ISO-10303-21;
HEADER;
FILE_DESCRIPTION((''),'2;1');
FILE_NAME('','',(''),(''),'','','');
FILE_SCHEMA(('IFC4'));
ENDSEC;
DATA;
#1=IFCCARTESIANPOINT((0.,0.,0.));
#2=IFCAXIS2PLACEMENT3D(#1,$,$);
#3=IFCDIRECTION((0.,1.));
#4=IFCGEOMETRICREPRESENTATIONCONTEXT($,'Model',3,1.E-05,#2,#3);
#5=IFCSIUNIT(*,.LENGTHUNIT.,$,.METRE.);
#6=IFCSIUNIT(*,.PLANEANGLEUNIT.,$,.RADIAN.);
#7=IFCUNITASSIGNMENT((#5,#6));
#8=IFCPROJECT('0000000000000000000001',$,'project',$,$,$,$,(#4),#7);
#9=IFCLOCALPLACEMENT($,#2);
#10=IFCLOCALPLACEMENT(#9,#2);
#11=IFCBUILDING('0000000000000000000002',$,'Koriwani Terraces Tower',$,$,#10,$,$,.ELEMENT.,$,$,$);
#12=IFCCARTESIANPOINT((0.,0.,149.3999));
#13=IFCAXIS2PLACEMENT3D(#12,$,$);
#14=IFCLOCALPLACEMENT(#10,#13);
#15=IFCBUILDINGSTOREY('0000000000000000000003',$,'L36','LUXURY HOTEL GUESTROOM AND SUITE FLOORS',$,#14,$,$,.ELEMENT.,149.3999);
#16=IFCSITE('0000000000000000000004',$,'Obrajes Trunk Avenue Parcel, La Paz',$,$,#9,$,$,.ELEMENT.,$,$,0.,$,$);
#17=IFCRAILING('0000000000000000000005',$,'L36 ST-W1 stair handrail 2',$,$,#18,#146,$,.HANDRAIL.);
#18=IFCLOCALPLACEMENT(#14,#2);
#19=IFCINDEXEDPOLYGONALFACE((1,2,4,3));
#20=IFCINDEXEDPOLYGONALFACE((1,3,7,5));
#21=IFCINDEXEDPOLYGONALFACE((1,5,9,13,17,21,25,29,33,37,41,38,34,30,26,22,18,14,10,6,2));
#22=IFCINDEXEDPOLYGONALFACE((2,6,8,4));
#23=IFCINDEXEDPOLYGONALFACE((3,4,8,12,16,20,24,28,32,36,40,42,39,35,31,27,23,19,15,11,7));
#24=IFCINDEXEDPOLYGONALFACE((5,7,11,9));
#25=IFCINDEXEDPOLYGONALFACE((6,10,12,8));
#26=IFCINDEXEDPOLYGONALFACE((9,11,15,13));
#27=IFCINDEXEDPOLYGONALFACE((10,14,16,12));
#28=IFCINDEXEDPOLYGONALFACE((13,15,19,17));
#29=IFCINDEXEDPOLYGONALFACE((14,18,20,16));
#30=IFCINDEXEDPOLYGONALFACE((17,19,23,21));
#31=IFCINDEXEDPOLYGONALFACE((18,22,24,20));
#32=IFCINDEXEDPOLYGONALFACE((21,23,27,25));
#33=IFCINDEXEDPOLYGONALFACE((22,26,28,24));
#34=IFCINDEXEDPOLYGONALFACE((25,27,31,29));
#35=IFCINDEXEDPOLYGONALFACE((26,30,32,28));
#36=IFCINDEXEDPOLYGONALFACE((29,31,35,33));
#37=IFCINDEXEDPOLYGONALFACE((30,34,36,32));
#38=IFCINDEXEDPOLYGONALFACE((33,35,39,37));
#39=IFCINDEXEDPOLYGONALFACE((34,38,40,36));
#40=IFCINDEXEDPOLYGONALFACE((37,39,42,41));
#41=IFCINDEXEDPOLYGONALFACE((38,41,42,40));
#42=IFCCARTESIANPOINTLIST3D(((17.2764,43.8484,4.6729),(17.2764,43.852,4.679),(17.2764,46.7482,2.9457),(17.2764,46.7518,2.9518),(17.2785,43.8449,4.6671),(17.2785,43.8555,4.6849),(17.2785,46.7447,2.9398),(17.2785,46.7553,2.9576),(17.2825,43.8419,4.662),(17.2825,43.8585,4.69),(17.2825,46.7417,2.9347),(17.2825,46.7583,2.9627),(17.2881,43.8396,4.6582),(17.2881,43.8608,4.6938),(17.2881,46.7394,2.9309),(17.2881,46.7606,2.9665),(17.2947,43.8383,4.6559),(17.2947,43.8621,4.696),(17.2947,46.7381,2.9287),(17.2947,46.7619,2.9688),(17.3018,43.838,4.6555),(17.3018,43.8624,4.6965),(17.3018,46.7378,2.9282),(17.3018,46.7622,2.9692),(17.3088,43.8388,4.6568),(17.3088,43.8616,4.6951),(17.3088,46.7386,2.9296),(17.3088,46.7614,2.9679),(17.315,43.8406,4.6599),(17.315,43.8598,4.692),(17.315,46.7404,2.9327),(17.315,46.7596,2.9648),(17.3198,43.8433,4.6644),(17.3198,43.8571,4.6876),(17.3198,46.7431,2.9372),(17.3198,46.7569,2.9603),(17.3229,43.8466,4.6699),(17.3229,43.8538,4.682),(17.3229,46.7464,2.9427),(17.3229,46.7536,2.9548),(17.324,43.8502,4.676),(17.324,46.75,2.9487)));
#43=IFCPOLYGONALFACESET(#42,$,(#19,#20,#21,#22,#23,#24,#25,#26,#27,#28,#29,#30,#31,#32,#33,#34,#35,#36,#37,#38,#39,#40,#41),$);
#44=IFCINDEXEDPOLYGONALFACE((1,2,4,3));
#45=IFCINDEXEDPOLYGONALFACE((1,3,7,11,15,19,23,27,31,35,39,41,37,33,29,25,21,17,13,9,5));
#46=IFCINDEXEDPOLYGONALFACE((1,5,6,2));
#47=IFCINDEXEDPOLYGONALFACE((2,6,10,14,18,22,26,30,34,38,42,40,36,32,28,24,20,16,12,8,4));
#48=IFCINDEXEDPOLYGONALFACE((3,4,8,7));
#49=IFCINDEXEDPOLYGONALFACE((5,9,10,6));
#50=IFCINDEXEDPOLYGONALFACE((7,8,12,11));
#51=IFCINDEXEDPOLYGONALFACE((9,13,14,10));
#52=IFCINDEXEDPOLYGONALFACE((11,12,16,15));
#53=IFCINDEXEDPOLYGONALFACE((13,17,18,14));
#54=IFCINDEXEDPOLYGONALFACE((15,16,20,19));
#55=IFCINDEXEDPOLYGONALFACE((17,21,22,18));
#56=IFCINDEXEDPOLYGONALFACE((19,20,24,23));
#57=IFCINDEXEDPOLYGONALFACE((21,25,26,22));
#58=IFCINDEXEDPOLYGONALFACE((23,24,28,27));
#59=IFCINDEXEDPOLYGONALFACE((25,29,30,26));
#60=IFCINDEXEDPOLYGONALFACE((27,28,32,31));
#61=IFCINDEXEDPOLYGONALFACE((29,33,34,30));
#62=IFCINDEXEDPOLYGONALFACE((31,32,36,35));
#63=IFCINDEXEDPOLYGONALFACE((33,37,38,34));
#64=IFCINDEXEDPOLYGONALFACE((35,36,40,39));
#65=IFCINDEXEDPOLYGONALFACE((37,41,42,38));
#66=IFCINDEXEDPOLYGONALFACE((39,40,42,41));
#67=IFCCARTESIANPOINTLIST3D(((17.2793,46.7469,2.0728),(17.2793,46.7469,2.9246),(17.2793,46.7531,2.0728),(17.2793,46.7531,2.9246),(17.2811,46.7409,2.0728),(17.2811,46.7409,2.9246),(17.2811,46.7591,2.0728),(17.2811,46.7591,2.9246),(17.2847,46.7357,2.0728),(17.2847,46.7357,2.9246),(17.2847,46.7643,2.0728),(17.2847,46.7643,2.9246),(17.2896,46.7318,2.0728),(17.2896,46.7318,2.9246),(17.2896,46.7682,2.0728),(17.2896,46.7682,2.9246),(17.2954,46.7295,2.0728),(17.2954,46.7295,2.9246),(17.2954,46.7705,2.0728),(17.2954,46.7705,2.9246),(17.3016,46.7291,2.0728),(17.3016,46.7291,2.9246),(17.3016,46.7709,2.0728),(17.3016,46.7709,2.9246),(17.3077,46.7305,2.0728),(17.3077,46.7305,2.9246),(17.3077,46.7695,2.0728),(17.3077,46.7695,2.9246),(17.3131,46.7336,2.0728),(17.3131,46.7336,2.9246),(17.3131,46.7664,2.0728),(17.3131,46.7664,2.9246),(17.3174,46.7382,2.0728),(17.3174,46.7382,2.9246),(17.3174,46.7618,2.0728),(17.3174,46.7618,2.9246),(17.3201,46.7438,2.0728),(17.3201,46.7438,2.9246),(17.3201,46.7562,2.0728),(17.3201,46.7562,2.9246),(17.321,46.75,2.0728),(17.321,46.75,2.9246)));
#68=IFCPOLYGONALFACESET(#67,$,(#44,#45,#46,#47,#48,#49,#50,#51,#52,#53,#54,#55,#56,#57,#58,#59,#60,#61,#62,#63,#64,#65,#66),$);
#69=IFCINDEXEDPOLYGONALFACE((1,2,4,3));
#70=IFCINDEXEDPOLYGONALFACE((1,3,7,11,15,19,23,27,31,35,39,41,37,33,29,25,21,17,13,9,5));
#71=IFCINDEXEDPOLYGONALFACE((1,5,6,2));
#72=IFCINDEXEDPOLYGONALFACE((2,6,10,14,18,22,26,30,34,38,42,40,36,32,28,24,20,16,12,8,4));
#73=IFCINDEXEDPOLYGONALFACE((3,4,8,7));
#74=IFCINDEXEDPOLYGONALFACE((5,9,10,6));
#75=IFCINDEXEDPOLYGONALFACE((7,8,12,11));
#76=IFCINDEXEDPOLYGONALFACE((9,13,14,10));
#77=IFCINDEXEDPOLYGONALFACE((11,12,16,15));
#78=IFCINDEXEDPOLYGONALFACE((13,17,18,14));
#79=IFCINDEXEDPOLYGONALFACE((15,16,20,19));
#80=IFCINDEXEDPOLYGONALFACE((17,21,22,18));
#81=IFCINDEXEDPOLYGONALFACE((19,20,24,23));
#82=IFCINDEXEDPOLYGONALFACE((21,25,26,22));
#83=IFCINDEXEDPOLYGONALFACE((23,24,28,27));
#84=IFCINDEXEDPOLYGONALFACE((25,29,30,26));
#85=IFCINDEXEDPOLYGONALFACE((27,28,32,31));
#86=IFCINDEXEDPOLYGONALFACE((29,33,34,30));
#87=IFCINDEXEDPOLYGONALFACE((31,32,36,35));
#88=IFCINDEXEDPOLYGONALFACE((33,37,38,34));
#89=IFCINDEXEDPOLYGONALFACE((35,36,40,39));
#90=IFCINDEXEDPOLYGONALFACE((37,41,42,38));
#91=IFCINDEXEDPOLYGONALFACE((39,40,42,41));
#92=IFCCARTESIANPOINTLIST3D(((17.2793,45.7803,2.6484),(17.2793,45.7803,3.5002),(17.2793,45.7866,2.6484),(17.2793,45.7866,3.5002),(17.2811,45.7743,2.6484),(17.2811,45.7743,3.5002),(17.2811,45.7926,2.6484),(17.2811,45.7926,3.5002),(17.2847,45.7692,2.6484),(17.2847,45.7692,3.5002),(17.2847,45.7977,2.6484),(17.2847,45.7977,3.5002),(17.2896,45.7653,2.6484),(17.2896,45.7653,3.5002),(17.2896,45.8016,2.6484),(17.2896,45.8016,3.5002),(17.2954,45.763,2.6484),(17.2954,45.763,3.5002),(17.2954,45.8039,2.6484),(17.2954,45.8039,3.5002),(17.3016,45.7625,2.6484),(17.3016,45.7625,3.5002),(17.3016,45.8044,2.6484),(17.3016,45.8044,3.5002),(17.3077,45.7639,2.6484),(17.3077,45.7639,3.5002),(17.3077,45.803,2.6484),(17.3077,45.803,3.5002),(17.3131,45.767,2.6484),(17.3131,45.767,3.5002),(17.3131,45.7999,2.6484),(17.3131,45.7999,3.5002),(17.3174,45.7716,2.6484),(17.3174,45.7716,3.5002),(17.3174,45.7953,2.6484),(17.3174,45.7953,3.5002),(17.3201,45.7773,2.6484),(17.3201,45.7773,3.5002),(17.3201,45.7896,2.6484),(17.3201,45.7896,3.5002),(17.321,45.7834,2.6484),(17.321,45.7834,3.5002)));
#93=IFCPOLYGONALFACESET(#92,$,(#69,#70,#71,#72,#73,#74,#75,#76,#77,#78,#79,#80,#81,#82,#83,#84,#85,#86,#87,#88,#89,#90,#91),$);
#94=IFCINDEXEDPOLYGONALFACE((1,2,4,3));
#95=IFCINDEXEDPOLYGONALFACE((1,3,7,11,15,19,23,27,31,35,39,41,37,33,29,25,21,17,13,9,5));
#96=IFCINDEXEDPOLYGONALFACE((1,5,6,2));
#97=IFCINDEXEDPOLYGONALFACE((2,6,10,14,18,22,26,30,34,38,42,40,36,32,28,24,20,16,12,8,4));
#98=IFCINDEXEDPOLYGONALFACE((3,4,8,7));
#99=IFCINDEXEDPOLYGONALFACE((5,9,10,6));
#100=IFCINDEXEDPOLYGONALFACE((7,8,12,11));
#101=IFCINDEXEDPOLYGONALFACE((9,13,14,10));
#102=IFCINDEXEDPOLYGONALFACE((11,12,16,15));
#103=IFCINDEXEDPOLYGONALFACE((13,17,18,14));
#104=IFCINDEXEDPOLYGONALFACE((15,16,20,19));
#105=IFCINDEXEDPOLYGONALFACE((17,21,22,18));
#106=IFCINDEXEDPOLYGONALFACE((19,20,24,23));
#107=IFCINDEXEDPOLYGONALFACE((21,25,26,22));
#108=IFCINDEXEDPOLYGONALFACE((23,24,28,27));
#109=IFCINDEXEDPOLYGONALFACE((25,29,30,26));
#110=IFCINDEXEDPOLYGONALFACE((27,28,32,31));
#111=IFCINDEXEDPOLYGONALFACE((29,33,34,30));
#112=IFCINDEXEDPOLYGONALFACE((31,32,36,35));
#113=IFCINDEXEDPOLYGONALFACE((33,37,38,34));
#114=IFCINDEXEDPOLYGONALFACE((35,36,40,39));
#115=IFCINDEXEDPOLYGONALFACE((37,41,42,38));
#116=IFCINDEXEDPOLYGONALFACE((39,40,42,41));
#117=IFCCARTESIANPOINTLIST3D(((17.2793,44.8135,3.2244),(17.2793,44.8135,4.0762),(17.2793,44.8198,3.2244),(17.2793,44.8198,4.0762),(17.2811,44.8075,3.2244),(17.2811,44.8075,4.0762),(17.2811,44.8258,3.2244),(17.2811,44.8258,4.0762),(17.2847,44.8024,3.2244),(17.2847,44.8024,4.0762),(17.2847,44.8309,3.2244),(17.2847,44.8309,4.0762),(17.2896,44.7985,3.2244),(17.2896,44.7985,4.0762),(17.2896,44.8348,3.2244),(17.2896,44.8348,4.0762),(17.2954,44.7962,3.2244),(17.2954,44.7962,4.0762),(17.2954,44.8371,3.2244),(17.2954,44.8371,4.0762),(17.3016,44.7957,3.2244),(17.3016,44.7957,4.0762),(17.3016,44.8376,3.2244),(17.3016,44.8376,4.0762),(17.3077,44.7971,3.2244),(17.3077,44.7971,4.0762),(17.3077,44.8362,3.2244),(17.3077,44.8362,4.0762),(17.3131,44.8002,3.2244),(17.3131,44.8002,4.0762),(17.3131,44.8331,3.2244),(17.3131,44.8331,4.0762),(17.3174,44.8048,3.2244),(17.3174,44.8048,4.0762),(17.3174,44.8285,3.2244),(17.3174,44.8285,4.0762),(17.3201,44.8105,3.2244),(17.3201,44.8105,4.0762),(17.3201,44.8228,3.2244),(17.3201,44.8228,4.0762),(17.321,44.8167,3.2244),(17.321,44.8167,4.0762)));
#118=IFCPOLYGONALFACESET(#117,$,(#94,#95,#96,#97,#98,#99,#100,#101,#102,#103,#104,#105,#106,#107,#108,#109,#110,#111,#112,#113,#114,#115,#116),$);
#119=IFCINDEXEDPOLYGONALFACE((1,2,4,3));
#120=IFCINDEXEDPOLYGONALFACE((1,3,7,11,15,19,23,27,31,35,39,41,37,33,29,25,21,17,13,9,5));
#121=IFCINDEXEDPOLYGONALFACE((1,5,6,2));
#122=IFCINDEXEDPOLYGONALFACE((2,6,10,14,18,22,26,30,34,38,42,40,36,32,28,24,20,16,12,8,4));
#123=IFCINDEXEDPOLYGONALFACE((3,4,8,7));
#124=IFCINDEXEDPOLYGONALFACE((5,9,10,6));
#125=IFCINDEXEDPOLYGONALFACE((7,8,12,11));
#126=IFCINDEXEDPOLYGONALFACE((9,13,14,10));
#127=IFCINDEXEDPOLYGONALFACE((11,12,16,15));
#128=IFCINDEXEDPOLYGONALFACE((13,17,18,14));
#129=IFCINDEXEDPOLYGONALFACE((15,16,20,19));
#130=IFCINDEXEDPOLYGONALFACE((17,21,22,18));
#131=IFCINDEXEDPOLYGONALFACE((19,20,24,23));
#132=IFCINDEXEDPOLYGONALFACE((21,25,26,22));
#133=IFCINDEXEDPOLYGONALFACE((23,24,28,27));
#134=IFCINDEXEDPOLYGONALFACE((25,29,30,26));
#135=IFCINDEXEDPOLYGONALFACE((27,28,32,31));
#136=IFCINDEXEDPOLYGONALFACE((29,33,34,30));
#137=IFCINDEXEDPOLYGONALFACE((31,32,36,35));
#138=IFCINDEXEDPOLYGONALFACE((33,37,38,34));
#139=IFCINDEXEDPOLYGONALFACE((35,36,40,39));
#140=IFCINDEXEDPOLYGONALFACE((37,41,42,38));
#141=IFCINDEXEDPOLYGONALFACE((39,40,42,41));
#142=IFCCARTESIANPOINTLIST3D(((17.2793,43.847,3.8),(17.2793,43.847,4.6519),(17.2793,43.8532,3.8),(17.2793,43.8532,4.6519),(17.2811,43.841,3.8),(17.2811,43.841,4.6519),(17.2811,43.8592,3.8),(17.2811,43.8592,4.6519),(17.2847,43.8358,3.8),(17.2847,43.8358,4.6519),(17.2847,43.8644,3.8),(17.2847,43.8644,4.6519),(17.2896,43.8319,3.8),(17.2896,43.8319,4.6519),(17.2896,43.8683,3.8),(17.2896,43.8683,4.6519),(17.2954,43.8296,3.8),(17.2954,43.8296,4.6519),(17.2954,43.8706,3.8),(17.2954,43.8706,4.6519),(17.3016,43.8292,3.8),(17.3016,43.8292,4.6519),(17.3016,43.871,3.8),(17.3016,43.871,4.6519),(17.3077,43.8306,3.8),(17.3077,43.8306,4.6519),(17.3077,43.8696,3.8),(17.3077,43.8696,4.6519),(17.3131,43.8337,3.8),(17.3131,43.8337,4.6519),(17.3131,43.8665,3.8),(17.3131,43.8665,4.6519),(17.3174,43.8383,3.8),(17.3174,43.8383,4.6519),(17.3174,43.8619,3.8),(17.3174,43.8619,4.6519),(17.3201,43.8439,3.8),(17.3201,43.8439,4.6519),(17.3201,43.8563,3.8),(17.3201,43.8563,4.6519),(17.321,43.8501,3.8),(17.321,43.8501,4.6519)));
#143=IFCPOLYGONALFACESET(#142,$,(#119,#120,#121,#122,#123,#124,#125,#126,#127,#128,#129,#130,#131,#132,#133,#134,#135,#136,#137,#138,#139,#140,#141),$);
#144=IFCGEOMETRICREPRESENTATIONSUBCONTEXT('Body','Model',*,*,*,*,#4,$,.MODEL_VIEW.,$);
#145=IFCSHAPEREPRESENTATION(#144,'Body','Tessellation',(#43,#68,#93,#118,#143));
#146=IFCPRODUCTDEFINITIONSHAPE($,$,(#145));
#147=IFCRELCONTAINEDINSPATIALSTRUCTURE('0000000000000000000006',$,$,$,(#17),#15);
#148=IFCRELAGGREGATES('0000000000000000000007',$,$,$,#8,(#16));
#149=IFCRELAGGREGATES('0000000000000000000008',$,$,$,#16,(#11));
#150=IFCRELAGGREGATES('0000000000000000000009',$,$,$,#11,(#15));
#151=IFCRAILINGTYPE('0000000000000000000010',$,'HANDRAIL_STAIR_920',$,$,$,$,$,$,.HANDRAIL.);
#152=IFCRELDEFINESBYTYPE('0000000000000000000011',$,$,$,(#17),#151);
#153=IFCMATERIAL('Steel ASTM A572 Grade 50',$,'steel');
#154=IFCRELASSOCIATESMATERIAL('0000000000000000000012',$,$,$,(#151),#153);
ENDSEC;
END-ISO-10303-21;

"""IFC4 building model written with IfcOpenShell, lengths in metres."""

from ifc_helpers import new_model, si_unit, direction, frame, origin, origin_2d, place, context, subcontext, project, spatial, circle, extrude, material, type_object, element, save


model = new_model("IFC4")

# Units and contexts
model_context = context("Model", 3, precision=1e-05, world=origin(), true_north=direction((0.0, 1.0)))
body_context = subcontext(model_context, "Body", "Model", "MODEL_VIEW")
ifc_project = project(units=[si_unit("LENGTHUNIT", "METRE"), si_unit("PLANEANGLEUNIT", "RADIAN")], contexts=[model_context])

# Site, building, storey
site_placement = place(None, origin())
site = spatial("IfcSite", under=ifc_project, at=site_placement, Name="Obrajes Trunk Avenue Parcel, La Paz", CompositionType="ELEMENT", RefElevation=0.0)
building_placement = place(site_placement, origin())
building = spatial("IfcBuilding", under=site, at=building_placement, Name="Koriwani Terraces Tower", CompositionType="ELEMENT")
storey_placement = place(building_placement, frame((0.0, 0.0, 149.3999)))
storey = spatial("IfcBuildingStorey", under=building, at=storey_placement, Name="L36", Description="LUXURY HOTEL GUESTROOM AND SUITE FLOORS", CompositionType="ELEMENT", Elevation=149.3999)

# Shared definitions
ifc_material_1 = material(Name="Steel ASTM A572 Grade 50", Category="steel")

# Railing
railing_type_1 = type_object("IfcRailingType", Name="HANDRAIL_STAIR_920", PredefinedType="HANDRAIL", material=ifc_material_1)
railing_1_placement = place(storey_placement, frame((17.3, 46.75, 2.0728)))
element("IfcRailing", 1, at=railing_1_placement, inside=storey, type_object=railing_type_1, Name="L36 ST-W1 stair handrail 2", PredefinedType="HANDRAIL", context=body_context, shape_type="SweptSolid", body=[
    extrude(circle(Radius=0.0239, at=origin_2d()), frame((0.0, 0.0, 0.876), z_axis=(0.0, -0.859141, 0.511738), x_axis=(1.0, 0.0, 0.0)), (0.0, 0.0, 1.0), 3.3752),
    extrude(circle(Radius=0.021, at=origin_2d()), origin(), (0.0, 0.0, 1.0), 0.8518),
    extrude(circle(Radius=0.021, at=origin_2d()), frame((0.0, -0.9666, 0.5757)), (0.0, 0.0, 1.0), 0.8518),
    extrude(circle(Radius=0.021, at=origin_2d()), frame((0.0, -1.9333, 1.1516)), (0.0, 0.0, 1.0), 0.8518),
    extrude(circle(Radius=0.021, at=origin_2d()), frame((0.0, -2.8999, 1.7273)), (0.0, 0.0, 1.0), 0.8518),
])

save(model, "model.ifc")
